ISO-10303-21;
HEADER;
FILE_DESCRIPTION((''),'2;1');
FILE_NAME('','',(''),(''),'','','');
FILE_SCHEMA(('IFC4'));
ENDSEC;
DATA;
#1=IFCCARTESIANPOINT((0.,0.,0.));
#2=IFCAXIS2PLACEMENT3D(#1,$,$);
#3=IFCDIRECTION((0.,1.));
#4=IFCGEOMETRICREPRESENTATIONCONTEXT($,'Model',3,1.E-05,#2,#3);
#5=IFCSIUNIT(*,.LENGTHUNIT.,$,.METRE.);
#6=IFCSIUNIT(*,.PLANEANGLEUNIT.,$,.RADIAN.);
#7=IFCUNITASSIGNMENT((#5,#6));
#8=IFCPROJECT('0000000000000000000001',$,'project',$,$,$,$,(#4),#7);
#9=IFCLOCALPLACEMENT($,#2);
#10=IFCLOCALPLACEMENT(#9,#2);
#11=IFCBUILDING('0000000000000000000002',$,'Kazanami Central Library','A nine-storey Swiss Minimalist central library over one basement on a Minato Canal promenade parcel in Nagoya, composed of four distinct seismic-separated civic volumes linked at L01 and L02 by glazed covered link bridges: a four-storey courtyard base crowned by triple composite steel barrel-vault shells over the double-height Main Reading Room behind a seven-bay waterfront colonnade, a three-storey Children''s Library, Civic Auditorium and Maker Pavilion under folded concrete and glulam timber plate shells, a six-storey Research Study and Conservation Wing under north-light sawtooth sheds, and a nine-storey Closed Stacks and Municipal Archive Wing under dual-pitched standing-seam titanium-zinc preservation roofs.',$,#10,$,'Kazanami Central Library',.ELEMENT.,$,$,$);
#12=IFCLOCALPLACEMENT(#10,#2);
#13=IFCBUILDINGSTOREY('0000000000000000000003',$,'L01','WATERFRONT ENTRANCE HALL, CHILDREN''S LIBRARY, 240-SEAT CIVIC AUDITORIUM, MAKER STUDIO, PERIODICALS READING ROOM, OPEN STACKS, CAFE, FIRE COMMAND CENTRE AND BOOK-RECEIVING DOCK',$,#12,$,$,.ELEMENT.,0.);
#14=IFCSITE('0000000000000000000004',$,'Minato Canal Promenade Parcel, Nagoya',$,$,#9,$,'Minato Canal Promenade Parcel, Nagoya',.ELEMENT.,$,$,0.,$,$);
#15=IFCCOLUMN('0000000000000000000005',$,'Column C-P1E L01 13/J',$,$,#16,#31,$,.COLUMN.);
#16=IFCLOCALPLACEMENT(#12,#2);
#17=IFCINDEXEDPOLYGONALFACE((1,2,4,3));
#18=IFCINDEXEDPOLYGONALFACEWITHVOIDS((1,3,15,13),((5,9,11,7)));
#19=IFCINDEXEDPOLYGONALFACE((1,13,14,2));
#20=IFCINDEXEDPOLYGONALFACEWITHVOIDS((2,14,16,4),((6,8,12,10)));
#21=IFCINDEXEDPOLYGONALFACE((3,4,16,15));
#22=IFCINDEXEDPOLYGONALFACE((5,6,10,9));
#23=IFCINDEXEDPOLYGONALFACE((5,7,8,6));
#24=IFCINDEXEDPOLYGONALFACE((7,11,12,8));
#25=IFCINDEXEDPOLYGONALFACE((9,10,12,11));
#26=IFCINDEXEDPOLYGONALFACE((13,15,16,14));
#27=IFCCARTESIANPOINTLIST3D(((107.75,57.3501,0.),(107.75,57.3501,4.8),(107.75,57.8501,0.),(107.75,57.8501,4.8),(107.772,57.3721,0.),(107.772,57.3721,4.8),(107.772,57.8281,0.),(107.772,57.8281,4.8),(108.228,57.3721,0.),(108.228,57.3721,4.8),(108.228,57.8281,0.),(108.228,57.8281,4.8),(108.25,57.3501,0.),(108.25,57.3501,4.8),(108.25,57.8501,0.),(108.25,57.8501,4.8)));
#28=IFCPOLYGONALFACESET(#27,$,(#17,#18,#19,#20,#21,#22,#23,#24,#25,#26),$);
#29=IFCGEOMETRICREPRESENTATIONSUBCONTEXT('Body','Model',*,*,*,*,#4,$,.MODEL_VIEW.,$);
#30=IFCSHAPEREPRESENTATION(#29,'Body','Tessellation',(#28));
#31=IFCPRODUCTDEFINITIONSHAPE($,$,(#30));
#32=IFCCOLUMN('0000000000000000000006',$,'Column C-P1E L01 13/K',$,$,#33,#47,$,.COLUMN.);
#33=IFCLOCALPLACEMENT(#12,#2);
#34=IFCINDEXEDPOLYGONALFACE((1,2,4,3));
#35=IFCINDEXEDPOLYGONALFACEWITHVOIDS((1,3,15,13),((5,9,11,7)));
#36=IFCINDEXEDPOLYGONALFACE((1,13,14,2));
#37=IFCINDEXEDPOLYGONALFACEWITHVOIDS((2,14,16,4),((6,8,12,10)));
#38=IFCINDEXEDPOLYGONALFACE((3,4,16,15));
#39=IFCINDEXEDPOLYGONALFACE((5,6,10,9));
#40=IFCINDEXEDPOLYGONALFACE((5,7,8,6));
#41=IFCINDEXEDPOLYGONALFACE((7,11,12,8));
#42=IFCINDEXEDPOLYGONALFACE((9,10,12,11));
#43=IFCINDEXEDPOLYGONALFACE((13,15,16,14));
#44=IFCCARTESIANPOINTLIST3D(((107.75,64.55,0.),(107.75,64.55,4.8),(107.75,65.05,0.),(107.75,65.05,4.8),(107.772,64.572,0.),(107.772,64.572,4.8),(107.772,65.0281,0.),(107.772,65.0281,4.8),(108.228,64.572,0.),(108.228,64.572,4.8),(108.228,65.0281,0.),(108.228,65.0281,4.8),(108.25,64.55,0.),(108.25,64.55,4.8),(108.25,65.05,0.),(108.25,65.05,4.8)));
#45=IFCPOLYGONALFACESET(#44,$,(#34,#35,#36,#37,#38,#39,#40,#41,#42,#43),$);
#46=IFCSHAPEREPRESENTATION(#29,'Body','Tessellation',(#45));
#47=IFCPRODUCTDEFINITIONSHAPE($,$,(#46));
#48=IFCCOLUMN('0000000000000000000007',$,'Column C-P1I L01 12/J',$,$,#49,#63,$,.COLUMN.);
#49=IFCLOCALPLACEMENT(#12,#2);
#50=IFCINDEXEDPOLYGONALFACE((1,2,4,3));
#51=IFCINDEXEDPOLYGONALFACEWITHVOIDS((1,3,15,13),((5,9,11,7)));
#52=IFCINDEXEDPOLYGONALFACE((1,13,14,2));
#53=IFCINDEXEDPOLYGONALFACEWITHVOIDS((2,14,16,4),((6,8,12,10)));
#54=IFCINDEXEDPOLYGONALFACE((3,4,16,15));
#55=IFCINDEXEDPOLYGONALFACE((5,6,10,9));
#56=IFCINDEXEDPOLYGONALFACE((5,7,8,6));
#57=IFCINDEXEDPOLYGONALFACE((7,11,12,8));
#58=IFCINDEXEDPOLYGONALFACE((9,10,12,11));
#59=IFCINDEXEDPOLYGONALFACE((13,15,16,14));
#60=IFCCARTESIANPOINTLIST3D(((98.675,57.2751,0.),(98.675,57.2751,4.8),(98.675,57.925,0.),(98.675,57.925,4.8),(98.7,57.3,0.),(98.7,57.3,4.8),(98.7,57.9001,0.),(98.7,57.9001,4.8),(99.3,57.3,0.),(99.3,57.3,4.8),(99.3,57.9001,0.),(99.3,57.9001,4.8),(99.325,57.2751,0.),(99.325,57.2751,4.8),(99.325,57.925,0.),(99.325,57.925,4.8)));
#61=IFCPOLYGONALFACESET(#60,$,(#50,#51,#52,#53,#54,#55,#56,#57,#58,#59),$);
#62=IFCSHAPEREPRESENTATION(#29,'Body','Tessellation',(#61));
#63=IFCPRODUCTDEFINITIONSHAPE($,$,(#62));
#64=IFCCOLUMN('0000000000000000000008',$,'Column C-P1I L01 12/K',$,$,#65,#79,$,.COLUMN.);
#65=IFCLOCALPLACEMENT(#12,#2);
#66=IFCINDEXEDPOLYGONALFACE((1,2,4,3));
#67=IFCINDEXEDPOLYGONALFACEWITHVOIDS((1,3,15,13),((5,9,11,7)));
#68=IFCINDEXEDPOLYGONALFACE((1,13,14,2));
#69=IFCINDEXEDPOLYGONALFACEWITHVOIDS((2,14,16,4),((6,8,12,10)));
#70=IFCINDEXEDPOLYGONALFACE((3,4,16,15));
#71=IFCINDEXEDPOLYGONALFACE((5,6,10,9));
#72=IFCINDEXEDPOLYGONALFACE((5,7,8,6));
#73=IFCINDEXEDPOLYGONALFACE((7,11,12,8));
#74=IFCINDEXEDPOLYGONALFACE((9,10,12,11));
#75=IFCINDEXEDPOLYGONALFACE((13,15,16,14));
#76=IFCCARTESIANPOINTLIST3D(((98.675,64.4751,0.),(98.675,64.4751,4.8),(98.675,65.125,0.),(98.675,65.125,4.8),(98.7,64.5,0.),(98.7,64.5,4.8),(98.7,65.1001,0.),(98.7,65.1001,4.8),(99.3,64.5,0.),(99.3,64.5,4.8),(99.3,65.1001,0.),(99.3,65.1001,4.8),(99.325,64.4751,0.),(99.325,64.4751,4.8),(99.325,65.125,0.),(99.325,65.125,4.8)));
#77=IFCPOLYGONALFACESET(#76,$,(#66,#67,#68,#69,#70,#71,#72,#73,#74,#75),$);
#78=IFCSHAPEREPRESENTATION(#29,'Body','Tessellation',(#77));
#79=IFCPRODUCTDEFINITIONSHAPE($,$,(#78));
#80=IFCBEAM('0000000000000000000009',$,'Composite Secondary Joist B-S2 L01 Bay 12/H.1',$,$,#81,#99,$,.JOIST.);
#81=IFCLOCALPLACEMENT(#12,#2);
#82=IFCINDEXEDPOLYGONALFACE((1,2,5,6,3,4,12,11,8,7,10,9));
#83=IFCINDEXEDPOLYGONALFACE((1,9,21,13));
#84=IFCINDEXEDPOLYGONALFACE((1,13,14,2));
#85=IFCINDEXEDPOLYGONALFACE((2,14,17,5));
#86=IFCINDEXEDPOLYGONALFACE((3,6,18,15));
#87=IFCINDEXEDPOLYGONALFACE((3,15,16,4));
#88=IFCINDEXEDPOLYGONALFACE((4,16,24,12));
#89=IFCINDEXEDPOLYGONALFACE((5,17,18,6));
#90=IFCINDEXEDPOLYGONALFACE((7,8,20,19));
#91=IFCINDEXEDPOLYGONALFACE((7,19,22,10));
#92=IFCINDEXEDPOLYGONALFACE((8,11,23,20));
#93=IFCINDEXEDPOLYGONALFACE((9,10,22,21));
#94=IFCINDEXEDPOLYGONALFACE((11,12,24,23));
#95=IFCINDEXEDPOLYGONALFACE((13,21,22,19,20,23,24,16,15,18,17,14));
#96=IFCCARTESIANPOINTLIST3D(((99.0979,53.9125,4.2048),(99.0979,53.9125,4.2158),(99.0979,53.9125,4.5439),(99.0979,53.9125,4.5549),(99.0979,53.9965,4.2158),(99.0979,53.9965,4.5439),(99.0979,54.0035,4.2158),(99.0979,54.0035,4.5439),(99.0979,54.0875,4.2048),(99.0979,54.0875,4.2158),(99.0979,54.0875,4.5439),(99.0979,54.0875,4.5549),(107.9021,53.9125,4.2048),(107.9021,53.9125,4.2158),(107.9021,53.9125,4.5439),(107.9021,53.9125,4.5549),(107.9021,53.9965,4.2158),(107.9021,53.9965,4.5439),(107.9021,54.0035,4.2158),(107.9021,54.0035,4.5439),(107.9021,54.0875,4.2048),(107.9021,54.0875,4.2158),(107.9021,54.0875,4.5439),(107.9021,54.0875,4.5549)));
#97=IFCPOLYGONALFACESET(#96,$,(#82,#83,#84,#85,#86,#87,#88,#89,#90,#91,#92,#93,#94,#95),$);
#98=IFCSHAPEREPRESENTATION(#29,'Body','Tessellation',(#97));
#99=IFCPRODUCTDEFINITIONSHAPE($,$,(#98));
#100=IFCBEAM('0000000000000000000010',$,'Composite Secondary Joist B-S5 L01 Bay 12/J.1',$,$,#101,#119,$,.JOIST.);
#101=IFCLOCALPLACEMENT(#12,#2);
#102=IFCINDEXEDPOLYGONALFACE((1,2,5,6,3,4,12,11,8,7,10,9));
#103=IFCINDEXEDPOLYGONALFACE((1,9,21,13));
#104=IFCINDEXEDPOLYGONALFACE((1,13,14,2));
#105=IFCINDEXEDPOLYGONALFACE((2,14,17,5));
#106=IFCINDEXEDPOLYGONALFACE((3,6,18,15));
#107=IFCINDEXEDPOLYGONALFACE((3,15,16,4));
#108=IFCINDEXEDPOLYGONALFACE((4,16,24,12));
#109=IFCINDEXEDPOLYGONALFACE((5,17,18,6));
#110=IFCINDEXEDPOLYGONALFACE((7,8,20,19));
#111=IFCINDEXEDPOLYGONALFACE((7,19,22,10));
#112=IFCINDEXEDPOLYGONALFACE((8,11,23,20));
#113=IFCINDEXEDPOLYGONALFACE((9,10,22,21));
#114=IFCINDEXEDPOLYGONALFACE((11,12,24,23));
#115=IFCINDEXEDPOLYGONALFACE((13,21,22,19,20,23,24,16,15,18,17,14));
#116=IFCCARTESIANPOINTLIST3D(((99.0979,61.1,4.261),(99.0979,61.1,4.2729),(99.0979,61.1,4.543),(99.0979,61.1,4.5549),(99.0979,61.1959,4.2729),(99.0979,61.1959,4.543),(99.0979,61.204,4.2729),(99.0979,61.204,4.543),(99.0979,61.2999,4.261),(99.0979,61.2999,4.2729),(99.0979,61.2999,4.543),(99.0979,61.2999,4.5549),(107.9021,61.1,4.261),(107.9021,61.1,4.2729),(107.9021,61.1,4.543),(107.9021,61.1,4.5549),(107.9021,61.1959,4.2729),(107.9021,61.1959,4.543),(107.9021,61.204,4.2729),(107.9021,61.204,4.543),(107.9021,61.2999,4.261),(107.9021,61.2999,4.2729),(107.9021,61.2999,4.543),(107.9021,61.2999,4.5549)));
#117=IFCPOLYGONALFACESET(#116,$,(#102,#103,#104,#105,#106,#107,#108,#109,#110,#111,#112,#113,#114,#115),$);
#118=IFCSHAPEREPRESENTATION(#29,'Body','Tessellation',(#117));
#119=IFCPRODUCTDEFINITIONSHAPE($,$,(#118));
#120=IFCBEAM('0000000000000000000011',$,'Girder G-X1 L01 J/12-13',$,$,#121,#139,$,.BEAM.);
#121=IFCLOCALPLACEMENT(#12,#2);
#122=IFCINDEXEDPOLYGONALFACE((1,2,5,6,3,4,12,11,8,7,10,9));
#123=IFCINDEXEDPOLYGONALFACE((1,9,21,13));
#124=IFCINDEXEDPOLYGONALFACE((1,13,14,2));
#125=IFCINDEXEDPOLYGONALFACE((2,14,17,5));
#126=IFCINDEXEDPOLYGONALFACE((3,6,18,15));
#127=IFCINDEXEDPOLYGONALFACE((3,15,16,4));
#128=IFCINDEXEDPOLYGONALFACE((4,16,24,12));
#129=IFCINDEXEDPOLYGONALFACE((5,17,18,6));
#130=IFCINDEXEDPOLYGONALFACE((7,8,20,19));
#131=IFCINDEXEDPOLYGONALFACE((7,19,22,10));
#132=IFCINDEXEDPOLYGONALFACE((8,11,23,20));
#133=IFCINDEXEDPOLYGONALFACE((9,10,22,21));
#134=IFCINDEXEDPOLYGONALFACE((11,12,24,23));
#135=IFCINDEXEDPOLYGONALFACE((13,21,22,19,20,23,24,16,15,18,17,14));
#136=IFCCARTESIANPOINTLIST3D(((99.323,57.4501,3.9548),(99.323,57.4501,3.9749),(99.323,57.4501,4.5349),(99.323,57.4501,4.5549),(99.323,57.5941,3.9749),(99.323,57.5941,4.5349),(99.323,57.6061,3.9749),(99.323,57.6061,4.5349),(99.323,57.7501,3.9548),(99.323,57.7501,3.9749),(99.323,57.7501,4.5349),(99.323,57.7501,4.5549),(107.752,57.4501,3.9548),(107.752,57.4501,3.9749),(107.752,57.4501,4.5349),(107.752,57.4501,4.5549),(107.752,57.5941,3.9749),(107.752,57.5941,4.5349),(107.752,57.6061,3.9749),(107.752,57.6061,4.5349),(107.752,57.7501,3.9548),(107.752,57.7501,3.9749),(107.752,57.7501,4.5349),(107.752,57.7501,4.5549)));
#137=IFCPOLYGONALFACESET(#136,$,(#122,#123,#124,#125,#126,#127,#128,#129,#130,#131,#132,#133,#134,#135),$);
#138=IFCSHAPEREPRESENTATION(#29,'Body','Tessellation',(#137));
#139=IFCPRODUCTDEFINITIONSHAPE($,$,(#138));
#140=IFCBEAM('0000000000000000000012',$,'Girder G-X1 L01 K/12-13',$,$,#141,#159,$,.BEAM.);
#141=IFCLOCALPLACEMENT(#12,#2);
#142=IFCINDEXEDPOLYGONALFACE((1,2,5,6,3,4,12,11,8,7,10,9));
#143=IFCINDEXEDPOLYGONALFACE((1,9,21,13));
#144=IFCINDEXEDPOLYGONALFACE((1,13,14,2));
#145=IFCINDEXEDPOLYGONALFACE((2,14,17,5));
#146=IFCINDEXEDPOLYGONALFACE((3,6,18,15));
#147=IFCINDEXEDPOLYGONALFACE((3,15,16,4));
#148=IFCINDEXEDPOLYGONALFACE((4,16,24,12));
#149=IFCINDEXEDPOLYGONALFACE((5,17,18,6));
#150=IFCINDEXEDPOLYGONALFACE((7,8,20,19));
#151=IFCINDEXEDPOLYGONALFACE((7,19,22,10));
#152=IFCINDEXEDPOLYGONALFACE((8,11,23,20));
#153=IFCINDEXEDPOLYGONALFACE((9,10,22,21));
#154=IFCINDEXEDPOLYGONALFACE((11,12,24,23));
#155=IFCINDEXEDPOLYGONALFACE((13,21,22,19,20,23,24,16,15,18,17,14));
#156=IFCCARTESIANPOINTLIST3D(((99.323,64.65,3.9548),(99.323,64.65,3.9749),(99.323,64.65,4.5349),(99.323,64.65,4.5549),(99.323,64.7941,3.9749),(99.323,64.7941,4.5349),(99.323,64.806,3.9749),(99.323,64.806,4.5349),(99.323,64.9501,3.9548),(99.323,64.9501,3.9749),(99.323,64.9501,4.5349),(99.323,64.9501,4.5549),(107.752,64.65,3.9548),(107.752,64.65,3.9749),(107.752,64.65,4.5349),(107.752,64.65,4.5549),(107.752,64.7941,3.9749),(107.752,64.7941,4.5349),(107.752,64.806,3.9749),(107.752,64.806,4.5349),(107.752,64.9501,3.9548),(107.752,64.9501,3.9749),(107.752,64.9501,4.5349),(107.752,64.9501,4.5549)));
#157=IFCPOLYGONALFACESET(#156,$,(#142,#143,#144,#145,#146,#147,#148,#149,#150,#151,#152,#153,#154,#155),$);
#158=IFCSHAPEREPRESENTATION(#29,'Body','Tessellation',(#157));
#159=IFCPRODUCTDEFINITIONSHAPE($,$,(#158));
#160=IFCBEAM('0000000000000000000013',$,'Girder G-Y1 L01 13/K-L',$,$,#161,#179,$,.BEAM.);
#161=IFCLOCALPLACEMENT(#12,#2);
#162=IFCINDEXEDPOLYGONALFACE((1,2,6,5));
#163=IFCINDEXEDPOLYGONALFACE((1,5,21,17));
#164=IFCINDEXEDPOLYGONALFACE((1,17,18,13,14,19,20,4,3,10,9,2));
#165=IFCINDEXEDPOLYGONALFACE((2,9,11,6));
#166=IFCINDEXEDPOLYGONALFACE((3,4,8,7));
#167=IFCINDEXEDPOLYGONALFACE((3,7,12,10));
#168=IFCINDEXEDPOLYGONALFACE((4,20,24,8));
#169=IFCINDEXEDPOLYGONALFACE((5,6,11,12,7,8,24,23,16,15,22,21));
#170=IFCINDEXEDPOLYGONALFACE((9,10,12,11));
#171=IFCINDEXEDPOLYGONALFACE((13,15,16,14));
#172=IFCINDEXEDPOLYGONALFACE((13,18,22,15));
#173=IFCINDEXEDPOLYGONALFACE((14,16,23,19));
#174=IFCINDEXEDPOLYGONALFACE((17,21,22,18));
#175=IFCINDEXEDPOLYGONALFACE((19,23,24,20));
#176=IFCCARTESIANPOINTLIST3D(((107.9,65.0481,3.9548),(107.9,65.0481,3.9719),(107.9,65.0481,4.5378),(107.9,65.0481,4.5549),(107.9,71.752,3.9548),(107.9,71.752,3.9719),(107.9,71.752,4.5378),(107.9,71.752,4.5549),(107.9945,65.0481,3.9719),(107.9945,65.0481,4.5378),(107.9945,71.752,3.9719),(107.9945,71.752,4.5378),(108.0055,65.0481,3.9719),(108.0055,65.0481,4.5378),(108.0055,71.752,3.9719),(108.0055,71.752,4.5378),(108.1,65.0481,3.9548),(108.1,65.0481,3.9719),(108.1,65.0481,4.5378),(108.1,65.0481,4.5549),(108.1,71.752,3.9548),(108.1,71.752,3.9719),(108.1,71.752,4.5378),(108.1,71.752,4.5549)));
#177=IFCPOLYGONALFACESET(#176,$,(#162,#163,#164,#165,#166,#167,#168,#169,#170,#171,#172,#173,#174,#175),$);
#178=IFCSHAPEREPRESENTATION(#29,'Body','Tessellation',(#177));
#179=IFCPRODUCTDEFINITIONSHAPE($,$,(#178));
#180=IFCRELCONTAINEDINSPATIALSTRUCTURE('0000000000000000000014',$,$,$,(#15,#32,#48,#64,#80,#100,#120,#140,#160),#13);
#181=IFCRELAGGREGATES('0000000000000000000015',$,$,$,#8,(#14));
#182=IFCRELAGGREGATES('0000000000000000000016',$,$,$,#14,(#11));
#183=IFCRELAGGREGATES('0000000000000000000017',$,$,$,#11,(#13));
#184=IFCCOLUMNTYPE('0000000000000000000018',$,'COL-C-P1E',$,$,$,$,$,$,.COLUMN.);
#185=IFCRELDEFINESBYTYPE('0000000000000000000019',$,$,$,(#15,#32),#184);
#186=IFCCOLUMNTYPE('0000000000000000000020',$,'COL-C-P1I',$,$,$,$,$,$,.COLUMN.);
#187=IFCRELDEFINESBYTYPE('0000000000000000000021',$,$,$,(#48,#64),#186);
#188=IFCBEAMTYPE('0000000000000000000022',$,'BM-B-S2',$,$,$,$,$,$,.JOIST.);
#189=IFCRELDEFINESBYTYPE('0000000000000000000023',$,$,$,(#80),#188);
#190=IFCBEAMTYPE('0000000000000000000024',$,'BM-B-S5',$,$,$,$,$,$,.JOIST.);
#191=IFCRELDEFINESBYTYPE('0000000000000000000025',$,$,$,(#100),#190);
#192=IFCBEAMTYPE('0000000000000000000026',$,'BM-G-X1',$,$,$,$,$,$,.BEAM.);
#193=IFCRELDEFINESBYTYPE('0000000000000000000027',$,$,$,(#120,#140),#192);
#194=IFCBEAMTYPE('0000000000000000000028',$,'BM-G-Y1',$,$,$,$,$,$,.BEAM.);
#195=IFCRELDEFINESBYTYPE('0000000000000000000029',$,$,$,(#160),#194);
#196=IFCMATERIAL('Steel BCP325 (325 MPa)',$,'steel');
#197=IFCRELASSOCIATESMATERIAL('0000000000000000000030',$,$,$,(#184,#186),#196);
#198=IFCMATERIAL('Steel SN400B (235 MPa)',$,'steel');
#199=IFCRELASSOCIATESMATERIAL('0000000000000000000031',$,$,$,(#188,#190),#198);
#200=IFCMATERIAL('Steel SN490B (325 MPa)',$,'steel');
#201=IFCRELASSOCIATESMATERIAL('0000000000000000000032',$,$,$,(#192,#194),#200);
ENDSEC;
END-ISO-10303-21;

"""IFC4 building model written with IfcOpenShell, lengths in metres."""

from ifc_helpers import new_model, si_unit, direction, frame, origin, origin_2d, place, context, subcontext, project, spatial, hollow_rectangle, i_section, extrude, material, material_profile, profile_set, type_object, element, save


model = new_model("IFC4")

# Units and contexts
model_context = context("Model", 3, precision=1e-05, world=origin(), true_north=direction((0.0, 1.0)))
body_context = subcontext(model_context, "Body", "Model", "MODEL_VIEW")
ifc_project = project(units=[si_unit("LENGTHUNIT", "METRE"), si_unit("PLANEANGLEUNIT", "RADIAN")], contexts=[model_context])

# Site, building, storey
site_placement = place(None, origin())
site = spatial("IfcSite", under=ifc_project, at=site_placement, Name="Minato Canal Promenade Parcel, Nagoya", LongName="Minato Canal Promenade Parcel, Nagoya", CompositionType="ELEMENT", RefElevation=0.0)
building_placement = place(site_placement, origin())
building = spatial("IfcBuilding", under=site, at=building_placement, Name="Kazanami Central Library", Description="A nine-storey Swiss Minimalist central library over one basement on a Minato Canal promenade parcel in Nagoya, composed of four distinct seismic-separated civic volumes linked at L01 and L02 by glazed covered link bridges: a four-storey courtyard base crowned by triple composite steel barrel-vault shells over the double-height Main Reading Room behind a seven-bay waterfront colonnade, a three-storey Children's Library, Civic Auditorium and Maker Pavilion under folded concrete and glulam timber plate shells, a six-storey Research Study and Conservation Wing under north-light sawtooth sheds, and a nine-storey Closed Stacks and Municipal Archive Wing under dual-pitched standing-seam titanium-zinc preservation roofs.", LongName="Kazanami Central Library", CompositionType="ELEMENT")
storey_placement = place(building_placement, origin())
storey = spatial("IfcBuildingStorey", under=building, at=storey_placement, Name="L01", Description="WATERFRONT ENTRANCE HALL, CHILDREN'S LIBRARY, 240-SEAT CIVIC AUDITORIUM, MAKER STUDIO, PERIODICALS READING ROOM, OPEN STACKS, CAFE, FIRE COMMAND CENTRE AND BOOK-RECEIVING DOCK", CompositionType="ELEMENT", Elevation=0.0)

# Columns
ifc_material_1 = material(Name="Steel BCP325 (325 MPa)", Category="steel")
ifc_material_profile_1 = material_profile(ifc_material_1, hollow_rectangle(XDim=0.5, YDim=0.5, WallThickness=0.022, at=origin_2d()), Name="BCP-500x500x22")
ifc_profile_set_1 = profile_set([ifc_material_profile_1], Name="Steel BCP325 (325 MPa)")
column_type_1 = type_object("IfcColumnType", Name="COL-C-P1E", PredefinedType="COLUMN", material=ifc_profile_set_1)
for number, where, z_axis, x_axis, name in (
    (1, (108.0, 57.6001, 0.0), (0.0, 0.0, 1.0), (1.0, 0.0, 0.0), "Column C-P1E L01 13/J"),
    (2, (108.0, 64.8, 0.0), (0.0, 0.0, 1.0), (1.0, 0.0, 0.0), "Column C-P1E L01 13/K"),
):
    element("IfcColumn", number, at=place(storey_placement, frame(where, z_axis=z_axis, x_axis=x_axis)), inside=storey, type_object=column_type_1, Name=name, PredefinedType="COLUMN", context=body_context, shape_type="SweptSolid", body=[
        extrude(hollow_rectangle(XDim=0.5, YDim=0.5, WallThickness=0.022, at=origin_2d()), origin(), (0.0, 0.0, 1.0), 4.8),
    ])
ifc_material_profile_2 = material_profile(ifc_material_1, hollow_rectangle(XDim=0.6499, YDim=0.6499, WallThickness=0.0249, at=origin_2d()), Name="BCP-650x650x25")
ifc_profile_set_2 = profile_set([ifc_material_profile_2], Name="Steel BCP325 (325 MPa)")
column_type_2 = type_object("IfcColumnType", Name="COL-C-P1I", PredefinedType="COLUMN", material=ifc_profile_set_2)
for number, where, z_axis, x_axis, name in (
    (3, (99.0, 57.6001, 0.0), (0.0, 0.0, 1.0), (1.0, 0.0, 0.0), "Column C-P1I L01 12/J"),
    (4, (99.0, 64.8, 0.0), (0.0, 0.0, 1.0), (1.0, 0.0, 0.0), "Column C-P1I L01 12/K"),
):
    element("IfcColumn", number, at=place(storey_placement, frame(where, z_axis=z_axis, x_axis=x_axis)), inside=storey, type_object=column_type_2, Name=name, PredefinedType="COLUMN", context=body_context, shape_type="SweptSolid", body=[
        extrude(hollow_rectangle(XDim=0.6499, YDim=0.6499, WallThickness=0.0249, at=origin_2d()), origin(), (0.0, 0.0, 1.0), 4.8),
    ])

# Beams
ifc_material_2 = material(Name="Steel SN400B (235 MPa)", Category="steel")
ifc_material_profile_3 = material_profile(ifc_material_2, i_section(OverallWidth=0.175, OverallDepth=0.3501, WebThickness=0.0071, FlangeThickness=0.011, at=origin_2d()), Name="H-350x175x7x11")
ifc_profile_set_3 = profile_set([ifc_material_profile_3], Name="Steel SN400B (235 MPa)")
beam_type_1 = type_object("IfcBeamType", Name="BM-B-S2", PredefinedType="JOIST", material=ifc_profile_set_3)
beam_1_placement = place(storey_placement, frame((99.0979, 54.0, 4.3799), z_axis=(1.0, 0.0, 0.0), x_axis=(0.0, 1.0, 0.0)))
element("IfcBeam", 5, at=beam_1_placement, inside=storey, type_object=beam_type_1, Name="Composite Secondary Joist B-S2 L01 Bay 12/H.1", PredefinedType="JOIST", context=body_context, shape_type="SweptSolid", body=[
    extrude(i_section(OverallWidth=0.175, OverallDepth=0.3501, WebThickness=0.0071, FlangeThickness=0.011, at=origin_2d()), origin(), (0.0, 0.0, 1.0), 8.8042),
])
ifc_material_profile_4 = material_profile(ifc_material_2, i_section(OverallWidth=0.2, OverallDepth=0.2939, WebThickness=0.0081, FlangeThickness=0.012, at=origin_2d()), Name="H-294x200x8x12")
ifc_profile_set_4 = profile_set([ifc_material_profile_4], Name="Steel SN400B (235 MPa)")
beam_type_2 = type_object("IfcBeamType", Name="BM-B-S5", PredefinedType="JOIST", material=ifc_profile_set_4)
beam_2_placement = place(storey_placement, frame((99.0979, 61.2, 4.408), z_axis=(1.0, 0.0, 0.0), x_axis=(0.0, 1.0, 0.0)))
element("IfcBeam", 6, at=beam_2_placement, inside=storey, type_object=beam_type_2, Name="Composite Secondary Joist B-S5 L01 Bay 12/J.1", PredefinedType="JOIST", context=body_context, shape_type="SweptSolid", body=[
    extrude(i_section(OverallWidth=0.2, OverallDepth=0.2939, WebThickness=0.0081, FlangeThickness=0.012, at=origin_2d()), origin(), (0.0, 0.0, 1.0), 8.8042),
])
ifc_material_3 = material(Name="Steel SN490B (325 MPa)", Category="steel")
ifc_material_profile_5 = material_profile(ifc_material_3, i_section(OverallWidth=0.3, OverallDepth=0.6001, WebThickness=0.012, FlangeThickness=0.02, at=origin_2d()), Name="H-600x300x12x20")
ifc_profile_set_5 = profile_set([ifc_material_profile_5], Name="Steel SN490B (325 MPa)")
beam_type_3 = type_object("IfcBeamType", Name="BM-G-X1", PredefinedType="BEAM", material=ifc_profile_set_5)
for number, where, z_axis, x_axis, name in (
    (7, (99.323, 57.6001, 4.2549), (1.0, 0.0, 0.0), (0.0, 1.0, 0.0), "Girder G-X1 L01 J/12-13"),
    (8, (99.323, 64.8, 4.2549), (1.0, 0.0, 0.0), (0.0, 1.0, 0.0), "Girder G-X1 L01 K/12-13"),
):
    element("IfcBeam", number, at=place(storey_placement, frame(where, z_axis=z_axis, x_axis=x_axis)), inside=storey, type_object=beam_type_3, Name=name, PredefinedType="BEAM", context=body_context, shape_type="SweptSolid", body=[
        extrude(i_section(OverallWidth=0.3, OverallDepth=0.6001, WebThickness=0.012, FlangeThickness=0.02, at=origin_2d()), origin(), (0.0, 0.0, 1.0), 8.429),
    ])
ifc_material_profile_6 = material_profile(ifc_material_3, i_section(OverallWidth=0.2, OverallDepth=0.6001, WebThickness=0.011, FlangeThickness=0.0171, at=origin_2d()), Name="H-600x200x11x17")
ifc_profile_set_6 = profile_set([ifc_material_profile_6], Name="Steel SN490B (325 MPa)")
beam_type_4 = type_object("IfcBeamType", Name="BM-G-Y1", PredefinedType="BEAM", material=ifc_profile_set_6)
beam_3_placement = place(storey_placement, frame((108.0, 65.0481, 4.2549), z_axis=(0.0, 1.0, 0.0), x_axis=(-1.0, 0.0, 0.0)))
element("IfcBeam", 9, at=beam_3_placement, inside=storey, type_object=beam_type_4, Name="Girder G-Y1 L01 13/K-L", PredefinedType="BEAM", context=body_context, shape_type="SweptSolid", body=[
    extrude(i_section(OverallWidth=0.2, OverallDepth=0.6001, WebThickness=0.011, FlangeThickness=0.0171, at=origin_2d()), origin(), (0.0, 0.0, 1.0), 6.7039),
])

save(model, "model.ifc")
